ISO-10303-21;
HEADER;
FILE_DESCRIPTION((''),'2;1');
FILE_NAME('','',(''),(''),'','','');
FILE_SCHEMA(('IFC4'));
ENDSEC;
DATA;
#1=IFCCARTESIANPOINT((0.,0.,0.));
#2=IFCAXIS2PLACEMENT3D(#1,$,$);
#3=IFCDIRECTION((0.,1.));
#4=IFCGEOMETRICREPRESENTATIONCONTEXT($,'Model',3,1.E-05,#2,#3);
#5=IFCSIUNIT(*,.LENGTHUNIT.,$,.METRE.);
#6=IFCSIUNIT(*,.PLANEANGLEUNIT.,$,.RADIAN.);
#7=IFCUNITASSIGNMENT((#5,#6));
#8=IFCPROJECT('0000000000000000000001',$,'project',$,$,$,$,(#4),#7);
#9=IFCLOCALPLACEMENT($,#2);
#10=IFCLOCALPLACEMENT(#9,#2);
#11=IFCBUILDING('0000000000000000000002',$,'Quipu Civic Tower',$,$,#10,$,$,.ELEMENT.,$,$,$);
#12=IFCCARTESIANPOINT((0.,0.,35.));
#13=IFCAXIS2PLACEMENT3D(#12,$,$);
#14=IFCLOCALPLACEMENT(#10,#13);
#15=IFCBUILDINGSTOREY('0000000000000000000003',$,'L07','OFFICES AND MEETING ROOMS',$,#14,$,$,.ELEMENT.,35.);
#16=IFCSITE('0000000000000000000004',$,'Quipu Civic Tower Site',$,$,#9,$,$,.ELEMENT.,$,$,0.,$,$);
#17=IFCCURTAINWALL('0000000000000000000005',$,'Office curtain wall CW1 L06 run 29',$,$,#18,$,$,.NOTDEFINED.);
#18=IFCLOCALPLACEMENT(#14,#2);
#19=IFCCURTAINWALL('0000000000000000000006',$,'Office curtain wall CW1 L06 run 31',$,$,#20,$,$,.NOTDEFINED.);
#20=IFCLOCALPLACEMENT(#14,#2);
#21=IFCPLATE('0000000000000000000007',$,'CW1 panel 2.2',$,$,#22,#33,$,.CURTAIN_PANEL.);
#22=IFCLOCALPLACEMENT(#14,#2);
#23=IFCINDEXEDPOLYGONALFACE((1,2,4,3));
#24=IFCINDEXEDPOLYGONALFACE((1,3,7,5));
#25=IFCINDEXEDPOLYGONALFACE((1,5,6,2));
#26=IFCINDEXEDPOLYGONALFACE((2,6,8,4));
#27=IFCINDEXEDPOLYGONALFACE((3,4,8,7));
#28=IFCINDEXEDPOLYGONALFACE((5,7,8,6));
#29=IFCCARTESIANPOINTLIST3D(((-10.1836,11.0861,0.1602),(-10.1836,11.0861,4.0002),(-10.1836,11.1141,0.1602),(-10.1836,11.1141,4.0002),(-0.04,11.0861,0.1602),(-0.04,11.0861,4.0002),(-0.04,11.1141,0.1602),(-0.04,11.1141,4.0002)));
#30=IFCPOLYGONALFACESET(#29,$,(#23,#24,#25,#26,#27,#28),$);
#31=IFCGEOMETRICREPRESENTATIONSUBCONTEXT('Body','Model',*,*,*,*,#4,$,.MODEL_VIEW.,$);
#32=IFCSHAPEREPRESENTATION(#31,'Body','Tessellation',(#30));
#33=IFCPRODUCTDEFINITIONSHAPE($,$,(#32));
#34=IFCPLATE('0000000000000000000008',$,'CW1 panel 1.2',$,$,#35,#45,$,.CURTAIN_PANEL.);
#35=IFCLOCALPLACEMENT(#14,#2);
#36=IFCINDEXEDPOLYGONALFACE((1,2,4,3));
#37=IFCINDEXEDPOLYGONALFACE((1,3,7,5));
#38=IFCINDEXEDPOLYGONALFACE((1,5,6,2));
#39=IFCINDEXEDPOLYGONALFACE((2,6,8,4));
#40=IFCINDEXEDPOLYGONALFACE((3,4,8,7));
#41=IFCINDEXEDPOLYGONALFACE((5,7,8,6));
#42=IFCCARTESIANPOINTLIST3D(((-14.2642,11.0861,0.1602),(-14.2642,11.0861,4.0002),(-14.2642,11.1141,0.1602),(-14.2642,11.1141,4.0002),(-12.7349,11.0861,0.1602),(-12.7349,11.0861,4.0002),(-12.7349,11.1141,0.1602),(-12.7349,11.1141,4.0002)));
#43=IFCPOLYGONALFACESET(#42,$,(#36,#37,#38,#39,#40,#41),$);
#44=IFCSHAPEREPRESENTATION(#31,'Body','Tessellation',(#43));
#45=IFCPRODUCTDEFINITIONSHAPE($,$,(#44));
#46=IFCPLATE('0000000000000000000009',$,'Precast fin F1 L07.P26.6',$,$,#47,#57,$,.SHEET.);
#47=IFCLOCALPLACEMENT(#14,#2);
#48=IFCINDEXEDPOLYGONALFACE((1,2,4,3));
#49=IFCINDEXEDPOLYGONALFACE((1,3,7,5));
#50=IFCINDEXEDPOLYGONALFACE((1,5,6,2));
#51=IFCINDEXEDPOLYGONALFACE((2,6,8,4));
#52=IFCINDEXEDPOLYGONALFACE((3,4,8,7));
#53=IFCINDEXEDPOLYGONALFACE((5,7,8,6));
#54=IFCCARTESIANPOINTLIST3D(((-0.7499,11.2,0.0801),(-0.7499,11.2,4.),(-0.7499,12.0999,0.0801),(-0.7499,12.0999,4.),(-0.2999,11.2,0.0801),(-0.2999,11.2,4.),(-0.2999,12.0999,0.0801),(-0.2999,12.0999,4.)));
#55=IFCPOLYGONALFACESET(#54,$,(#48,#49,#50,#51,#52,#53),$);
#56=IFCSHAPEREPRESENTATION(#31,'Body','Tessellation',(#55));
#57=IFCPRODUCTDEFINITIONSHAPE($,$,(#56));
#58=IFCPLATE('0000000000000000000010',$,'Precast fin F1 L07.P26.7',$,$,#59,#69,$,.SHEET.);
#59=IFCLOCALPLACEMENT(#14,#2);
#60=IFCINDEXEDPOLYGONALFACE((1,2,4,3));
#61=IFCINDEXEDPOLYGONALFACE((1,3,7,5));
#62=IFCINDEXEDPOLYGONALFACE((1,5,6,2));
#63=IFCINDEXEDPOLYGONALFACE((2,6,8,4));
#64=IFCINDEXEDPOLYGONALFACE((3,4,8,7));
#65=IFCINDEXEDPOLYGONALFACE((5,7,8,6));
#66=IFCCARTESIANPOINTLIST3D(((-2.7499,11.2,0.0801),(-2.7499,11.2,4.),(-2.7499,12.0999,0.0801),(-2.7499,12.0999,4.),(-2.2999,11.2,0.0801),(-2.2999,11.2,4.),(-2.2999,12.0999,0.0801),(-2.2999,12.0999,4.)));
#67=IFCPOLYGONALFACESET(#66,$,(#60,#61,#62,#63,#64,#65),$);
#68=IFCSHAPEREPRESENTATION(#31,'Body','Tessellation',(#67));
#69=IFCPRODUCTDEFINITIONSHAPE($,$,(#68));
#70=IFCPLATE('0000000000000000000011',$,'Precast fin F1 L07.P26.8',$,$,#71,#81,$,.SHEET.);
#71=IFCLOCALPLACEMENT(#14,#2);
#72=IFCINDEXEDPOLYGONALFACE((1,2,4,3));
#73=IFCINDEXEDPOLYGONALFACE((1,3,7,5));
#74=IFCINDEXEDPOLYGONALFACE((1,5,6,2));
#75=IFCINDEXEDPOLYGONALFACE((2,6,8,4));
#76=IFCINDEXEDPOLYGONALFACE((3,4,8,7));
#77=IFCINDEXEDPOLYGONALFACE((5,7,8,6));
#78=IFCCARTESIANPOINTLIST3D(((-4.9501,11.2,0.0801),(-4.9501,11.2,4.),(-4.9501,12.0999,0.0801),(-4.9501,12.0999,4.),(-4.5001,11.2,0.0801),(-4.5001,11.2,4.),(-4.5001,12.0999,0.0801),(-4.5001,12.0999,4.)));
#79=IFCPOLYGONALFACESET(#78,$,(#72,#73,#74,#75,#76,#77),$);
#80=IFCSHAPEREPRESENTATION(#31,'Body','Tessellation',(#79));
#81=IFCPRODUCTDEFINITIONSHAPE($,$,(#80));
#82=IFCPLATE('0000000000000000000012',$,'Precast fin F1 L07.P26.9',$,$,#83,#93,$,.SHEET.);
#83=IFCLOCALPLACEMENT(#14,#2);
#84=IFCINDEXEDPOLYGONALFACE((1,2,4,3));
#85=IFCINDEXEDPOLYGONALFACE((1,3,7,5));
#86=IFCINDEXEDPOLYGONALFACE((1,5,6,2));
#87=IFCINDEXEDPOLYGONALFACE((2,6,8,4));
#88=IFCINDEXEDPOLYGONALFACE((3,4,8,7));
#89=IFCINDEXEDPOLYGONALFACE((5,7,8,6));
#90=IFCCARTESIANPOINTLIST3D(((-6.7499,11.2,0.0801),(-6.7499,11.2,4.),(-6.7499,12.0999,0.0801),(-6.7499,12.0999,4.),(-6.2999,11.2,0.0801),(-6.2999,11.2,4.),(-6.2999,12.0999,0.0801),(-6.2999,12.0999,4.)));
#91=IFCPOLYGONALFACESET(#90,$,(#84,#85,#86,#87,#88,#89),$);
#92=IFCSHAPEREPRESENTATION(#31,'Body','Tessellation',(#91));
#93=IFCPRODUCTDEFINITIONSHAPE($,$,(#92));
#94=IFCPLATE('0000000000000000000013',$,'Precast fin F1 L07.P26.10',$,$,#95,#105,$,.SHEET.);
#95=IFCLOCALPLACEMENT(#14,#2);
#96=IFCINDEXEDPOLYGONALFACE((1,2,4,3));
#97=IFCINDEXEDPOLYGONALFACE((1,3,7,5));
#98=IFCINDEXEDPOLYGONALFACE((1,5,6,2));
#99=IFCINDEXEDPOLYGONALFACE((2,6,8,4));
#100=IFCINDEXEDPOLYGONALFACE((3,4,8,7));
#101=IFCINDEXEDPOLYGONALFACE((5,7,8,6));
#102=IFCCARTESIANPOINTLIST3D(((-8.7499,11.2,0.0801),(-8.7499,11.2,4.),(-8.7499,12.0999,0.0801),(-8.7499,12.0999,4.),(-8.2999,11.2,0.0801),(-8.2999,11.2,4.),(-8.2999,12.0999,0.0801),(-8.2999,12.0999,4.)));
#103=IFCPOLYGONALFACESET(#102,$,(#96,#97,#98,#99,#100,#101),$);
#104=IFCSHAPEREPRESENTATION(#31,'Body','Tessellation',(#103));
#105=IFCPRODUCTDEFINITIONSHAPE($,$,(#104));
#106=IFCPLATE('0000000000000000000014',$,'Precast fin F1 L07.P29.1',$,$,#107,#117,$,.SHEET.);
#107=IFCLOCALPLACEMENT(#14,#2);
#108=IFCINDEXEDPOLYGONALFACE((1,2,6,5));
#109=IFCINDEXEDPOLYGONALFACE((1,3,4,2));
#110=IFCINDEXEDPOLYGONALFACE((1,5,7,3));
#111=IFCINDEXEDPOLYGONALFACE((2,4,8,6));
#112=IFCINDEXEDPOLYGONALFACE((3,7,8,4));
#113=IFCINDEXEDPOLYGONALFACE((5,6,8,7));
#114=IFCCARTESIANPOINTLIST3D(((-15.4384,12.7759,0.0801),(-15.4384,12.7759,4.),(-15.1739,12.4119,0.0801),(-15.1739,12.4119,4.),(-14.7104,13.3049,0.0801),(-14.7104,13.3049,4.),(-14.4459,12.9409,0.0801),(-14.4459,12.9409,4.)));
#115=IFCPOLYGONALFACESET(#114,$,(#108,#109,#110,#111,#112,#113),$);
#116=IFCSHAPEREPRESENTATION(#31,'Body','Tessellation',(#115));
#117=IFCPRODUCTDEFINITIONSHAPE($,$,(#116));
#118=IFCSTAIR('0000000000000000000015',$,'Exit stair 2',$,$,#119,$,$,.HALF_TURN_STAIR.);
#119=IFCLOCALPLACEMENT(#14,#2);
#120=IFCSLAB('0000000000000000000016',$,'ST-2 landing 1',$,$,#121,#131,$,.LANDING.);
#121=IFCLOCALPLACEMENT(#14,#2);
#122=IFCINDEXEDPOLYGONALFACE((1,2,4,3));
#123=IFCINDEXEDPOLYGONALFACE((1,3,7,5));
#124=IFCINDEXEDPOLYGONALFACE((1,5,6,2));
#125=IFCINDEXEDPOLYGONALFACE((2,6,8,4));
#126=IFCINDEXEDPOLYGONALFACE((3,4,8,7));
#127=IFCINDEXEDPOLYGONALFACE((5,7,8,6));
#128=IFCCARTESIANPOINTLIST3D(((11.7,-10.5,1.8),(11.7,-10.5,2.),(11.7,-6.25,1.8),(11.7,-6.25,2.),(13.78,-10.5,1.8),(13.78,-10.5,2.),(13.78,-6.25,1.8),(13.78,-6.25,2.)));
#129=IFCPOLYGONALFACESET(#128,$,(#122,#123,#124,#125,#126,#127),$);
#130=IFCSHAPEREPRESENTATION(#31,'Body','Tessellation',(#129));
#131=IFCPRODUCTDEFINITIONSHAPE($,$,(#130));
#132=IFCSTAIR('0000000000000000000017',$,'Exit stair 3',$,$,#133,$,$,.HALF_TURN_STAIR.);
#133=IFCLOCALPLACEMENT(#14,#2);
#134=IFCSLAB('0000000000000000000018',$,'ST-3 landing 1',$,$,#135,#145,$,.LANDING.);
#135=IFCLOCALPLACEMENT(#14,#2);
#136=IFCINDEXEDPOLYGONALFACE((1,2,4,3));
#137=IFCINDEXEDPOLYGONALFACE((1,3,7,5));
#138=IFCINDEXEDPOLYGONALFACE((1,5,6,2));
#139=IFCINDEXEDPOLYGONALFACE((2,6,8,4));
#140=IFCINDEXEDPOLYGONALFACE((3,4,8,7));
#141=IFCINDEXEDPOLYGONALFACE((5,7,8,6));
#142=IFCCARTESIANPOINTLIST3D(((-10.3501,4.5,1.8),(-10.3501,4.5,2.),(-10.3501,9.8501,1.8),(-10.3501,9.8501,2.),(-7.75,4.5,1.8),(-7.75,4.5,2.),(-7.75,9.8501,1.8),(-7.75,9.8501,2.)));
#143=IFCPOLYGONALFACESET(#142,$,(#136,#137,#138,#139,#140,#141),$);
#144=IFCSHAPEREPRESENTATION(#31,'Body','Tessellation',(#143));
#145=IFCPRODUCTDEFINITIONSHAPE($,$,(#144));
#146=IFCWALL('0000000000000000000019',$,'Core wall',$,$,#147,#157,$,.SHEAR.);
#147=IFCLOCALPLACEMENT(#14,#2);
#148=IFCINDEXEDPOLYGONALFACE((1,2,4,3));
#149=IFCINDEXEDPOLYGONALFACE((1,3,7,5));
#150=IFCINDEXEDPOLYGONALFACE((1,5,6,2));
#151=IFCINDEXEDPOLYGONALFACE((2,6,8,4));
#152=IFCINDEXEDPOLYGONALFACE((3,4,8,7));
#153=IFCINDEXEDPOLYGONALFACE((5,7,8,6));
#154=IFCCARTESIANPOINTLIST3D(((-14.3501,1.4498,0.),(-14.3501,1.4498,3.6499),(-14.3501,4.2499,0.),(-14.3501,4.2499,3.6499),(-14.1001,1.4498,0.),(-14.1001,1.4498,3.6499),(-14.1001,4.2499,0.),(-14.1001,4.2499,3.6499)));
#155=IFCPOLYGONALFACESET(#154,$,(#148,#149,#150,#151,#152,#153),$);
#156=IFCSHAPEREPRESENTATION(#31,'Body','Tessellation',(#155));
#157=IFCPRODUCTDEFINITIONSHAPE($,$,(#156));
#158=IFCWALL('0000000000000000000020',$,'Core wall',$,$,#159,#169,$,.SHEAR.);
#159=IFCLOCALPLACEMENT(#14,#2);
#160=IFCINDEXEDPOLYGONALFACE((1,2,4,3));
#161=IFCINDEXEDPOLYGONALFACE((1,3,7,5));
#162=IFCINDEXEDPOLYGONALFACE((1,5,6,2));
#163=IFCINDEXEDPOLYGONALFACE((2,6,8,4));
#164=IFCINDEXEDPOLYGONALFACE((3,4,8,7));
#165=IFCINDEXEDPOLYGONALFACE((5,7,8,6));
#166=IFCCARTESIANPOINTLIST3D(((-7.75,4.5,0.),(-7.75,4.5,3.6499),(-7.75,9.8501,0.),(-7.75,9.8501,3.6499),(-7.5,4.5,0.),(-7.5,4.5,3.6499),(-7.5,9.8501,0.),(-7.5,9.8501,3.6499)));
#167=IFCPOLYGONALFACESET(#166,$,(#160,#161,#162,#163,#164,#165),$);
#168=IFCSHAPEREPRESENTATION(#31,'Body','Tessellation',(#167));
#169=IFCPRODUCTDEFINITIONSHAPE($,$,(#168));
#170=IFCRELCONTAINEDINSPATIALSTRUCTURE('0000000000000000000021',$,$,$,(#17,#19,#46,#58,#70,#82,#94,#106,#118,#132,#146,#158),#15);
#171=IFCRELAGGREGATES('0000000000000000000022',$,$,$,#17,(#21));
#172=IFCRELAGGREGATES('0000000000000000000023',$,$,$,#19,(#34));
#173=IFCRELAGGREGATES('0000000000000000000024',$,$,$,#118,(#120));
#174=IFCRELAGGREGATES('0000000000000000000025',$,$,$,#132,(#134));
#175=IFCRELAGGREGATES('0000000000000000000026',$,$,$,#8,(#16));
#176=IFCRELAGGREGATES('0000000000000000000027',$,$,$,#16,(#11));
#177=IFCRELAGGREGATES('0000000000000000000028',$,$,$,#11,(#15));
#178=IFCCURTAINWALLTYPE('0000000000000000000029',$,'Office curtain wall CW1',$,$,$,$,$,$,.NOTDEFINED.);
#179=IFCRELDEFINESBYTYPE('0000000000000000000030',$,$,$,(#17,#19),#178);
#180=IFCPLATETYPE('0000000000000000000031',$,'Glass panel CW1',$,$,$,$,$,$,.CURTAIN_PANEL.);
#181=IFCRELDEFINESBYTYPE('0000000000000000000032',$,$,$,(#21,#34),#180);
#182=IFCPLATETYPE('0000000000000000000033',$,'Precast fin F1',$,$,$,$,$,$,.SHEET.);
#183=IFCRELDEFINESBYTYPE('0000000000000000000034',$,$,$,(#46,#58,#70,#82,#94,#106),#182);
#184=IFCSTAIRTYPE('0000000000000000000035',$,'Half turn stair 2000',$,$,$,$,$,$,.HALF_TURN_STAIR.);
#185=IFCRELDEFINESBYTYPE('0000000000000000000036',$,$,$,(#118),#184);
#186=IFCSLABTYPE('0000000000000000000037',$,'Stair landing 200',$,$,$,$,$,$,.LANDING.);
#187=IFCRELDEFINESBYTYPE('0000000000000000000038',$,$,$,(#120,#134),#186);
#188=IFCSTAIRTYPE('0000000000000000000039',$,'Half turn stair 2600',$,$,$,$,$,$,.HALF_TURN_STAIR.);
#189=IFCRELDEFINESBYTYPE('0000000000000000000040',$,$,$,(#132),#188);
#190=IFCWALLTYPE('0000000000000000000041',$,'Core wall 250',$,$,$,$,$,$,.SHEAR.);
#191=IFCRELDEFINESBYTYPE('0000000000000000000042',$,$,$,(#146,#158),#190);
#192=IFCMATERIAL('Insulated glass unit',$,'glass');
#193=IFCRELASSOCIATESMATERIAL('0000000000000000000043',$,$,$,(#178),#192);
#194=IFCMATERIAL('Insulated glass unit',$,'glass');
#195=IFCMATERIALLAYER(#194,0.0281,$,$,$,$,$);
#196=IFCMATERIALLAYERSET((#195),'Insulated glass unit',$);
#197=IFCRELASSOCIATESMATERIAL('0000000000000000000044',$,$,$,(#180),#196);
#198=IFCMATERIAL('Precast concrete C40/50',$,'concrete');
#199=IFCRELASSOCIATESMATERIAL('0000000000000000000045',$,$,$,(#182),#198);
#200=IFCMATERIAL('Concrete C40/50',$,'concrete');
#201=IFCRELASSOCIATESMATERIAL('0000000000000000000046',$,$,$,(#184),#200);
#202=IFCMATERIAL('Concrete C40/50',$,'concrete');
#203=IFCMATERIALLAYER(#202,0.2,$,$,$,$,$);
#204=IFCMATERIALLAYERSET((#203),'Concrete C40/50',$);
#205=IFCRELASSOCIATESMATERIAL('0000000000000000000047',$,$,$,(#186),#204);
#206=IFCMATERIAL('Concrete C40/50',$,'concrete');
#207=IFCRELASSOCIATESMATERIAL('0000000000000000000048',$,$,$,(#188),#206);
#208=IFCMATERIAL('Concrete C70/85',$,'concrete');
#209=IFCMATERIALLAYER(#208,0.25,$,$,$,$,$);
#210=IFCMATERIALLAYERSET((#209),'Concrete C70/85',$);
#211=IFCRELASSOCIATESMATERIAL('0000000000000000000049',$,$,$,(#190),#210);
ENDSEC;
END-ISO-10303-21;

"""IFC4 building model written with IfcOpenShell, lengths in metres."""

from ifc_helpers import new_model, si_unit, direction, frame, frame_2d, origin, origin_2d, place, context, subcontext, project, spatial, polyline, rectangle, outline, extrude, material, layer, layer_set, type_object, element, aggregate, save


model = new_model("IFC4")

# Units and contexts
model_context = context("Model", 3, precision=1e-05, world=origin(), true_north=direction((0.0, 1.0)))
body_context = subcontext(model_context, "Body", "Model", "MODEL_VIEW")
ifc_project = project(units=[si_unit("LENGTHUNIT", "METRE"), si_unit("PLANEANGLEUNIT", "RADIAN")], contexts=[model_context])

# Site, building, storey
site_placement = place(None, origin())
site = spatial("IfcSite", under=ifc_project, at=site_placement, Name="Quipu Civic Tower Site", CompositionType="ELEMENT", RefElevation=0.0)
building_placement = place(site_placement, origin())
building = spatial("IfcBuilding", under=site, at=building_placement, Name="Quipu Civic Tower", CompositionType="ELEMENT")
storey_placement = place(building_placement, frame((0.0, 0.0, 35.0)))
storey = spatial("IfcBuildingStorey", under=building, at=storey_placement, Name="L07", Description="OFFICES AND MEETING ROOMS", CompositionType="ELEMENT", Elevation=35.0)

# Curtain walls
ifc_material_1 = material(Name="Insulated glass unit", Category="glass")
curtain_wall_type = type_object("IfcCurtainWallType", Name="Office curtain wall CW1", PredefinedType="NOTDEFINED", material=ifc_material_1)
curtain_wall_1_placement = place(storey_placement, origin())
curtain_wall_1 = element("IfcCurtainWall", 1, at=curtain_wall_1_placement, inside=storey, type_object=curtain_wall_type, Name="Office curtain wall CW1 L06 run 29", PredefinedType="NOTDEFINED")
curtain_wall_2_placement = place(storey_placement, origin())
curtain_wall_2 = element("IfcCurtainWall", 2, at=curtain_wall_2_placement, inside=storey, type_object=curtain_wall_type, Name="Office curtain wall CW1 L06 run 31", PredefinedType="NOTDEFINED")

# Plates
ifc_material_2 = material(Name="Insulated glass unit", Category="glass")
ifc_layer_1 = layer(ifc_material_2, 0.0281)
ifc_layer_set_1 = layer_set([ifc_layer_1], Name="Insulated glass unit")
plate_type_1 = type_object("IfcPlateType", Name="Glass panel CW1", PredefinedType="CURTAIN_PANEL", material=ifc_layer_set_1)
plate_1_placement = place(storey_placement, frame((-5.1118, 11.1001, 0.1602), z_axis=(0.0, 0.0, 1.0), x_axis=(-1.0, 0.0, 0.0)))
plate_1 = element("IfcPlate", 3, at=plate_1_placement, type_object=plate_type_1, Name="CW1 panel 2.2", PredefinedType="CURTAIN_PANEL", context=body_context, shape_type="SweptSolid", body=[
    extrude(rectangle(XDim=10.1436, YDim=0.0281, at=origin_2d()), origin(), (0.0, 0.0, 1.0), 3.8401),
])
aggregate(curtain_wall_1, [plate_1])
plate_2_placement = place(storey_placement, frame((-13.4995, 11.1001, 0.1602), z_axis=(0.0, 0.0, 1.0), x_axis=(-1.0, 0.0, 0.0)))
plate_2 = element("IfcPlate", 4, at=plate_2_placement, type_object=plate_type_1, Name="CW1 panel 1.2", PredefinedType="CURTAIN_PANEL", context=body_context, shape_type="SweptSolid", body=[
    extrude(rectangle(XDim=1.5293, YDim=0.0281, at=origin_2d()), origin(), (0.0, 0.0, 1.0), 3.8401),
])
aggregate(curtain_wall_2, [plate_2])

# Plates
ifc_material_3 = material(Name="Precast concrete C40/50", Category="concrete")
plate_type_2 = type_object("IfcPlateType", Name="Precast fin F1", PredefinedType="SHEET", material=ifc_material_3)
for number, where, z_axis, x_axis, name in (
    (5, (-0.5249, 11.6499, 0.0801), (0.0, 0.0, 1.0), (-1.0, 0.0, 0.0), "Precast fin F1 L07.P26.6"),
    (6, (-2.5249, 11.6499, 0.0801), (0.0, 0.0, 1.0), (-1.0, 0.0, 0.0), "Precast fin F1 L07.P26.7"),
    (7, (-4.7251, 11.6499, 0.0801), (0.0, 0.0, 1.0), (-1.0, 0.0, 0.0), "Precast fin F1 L07.P26.8"),
    (8, (-6.5249, 11.6499, 0.0801), (0.0, 0.0, 1.0), (-1.0, 0.0, 0.0), "Precast fin F1 L07.P26.9"),
    (9, (-8.5249, 11.6499, 0.0801), (0.0, 0.0, 1.0), (-1.0, 0.0, 0.0), "Precast fin F1 L07.P26.10"),
    (10, (-14.9421, 12.8584, 0.0801), (0.0, 0.0, 1.0), (-0.587785, 0.809017, 0.0), "Precast fin F1 L07.P29.1"),
):
    element("IfcPlate", number, at=place(storey_placement, frame(where, z_axis=z_axis, x_axis=x_axis)), inside=storey, type_object=plate_type_2, Name=name, PredefinedType="SHEET", context=body_context, shape_type="SweptSolid", body=[
        extrude(rectangle(XDim=0.45, YDim=0.8999, at=origin_2d()), origin(), (0.0, 0.0, 1.0), 3.9199),
    ])

# Stairs, slabs
ifc_material_4 = material(Name="Concrete C40/50", Category="concrete")
stair_type_1 = type_object("IfcStairType", Name="Half turn stair 2000", PredefinedType="HALF_TURN_STAIR", material=ifc_material_4)
stair_1_placement = place(storey_placement, origin())
stair_1 = element("IfcStair", 11, at=stair_1_placement, inside=storey, type_object=stair_type_1, Name="Exit stair 2", PredefinedType="HALF_TURN_STAIR")
ifc_material_5 = material(Name="Concrete C40/50", Category="concrete")
ifc_layer_2 = layer(ifc_material_5, 0.2)
ifc_layer_set_2 = layer_set([ifc_layer_2], Name="Concrete C40/50")
slab_type = type_object("IfcSlabType", Name="Stair landing 200", PredefinedType="LANDING", material=ifc_layer_set_2)
slab_1_placement = place(storey_placement, frame((0.0, 0.0, 1.8)))
slab_1 = element("IfcSlab", 12, at=slab_1_placement, type_object=slab_type, Name="ST-2 landing 1", PredefinedType="LANDING", context=body_context, shape_type="SweptSolid", body=[
    extrude(outline(polyline([(13.78, -6.25), (11.7, -6.25), (11.7, -10.5), (13.78, -10.5), (13.78, -6.25)])), origin(), (0.0, 0.0, 1.0), 0.2),
])
aggregate(stair_1, [slab_1])
ifc_material_6 = material(Name="Concrete C40/50", Category="concrete")
stair_type_2 = type_object("IfcStairType", Name="Half turn stair 2600", PredefinedType="HALF_TURN_STAIR", material=ifc_material_6)
stair_2_placement = place(storey_placement, origin())
stair_2 = element("IfcStair", 13, at=stair_2_placement, inside=storey, type_object=stair_type_2, Name="Exit stair 3", PredefinedType="HALF_TURN_STAIR")
slab_2_placement = place(storey_placement, frame((0.0, 0.0, 1.8)))
slab_2 = element("IfcSlab", 14, at=slab_2_placement, type_object=slab_type, Name="ST-3 landing 1", PredefinedType="LANDING", context=body_context, shape_type="SweptSolid", body=[
    extrude(outline(polyline([(-10.3501, 4.5), (-7.75, 4.5), (-7.75, 9.8501), (-10.3501, 9.8501), (-10.3501, 4.5)])), origin(), (0.0, 0.0, 1.0), 0.2),
])

# Walls
ifc_material_7 = material(Name="Concrete C70/85", Category="concrete")
ifc_layer_3 = layer(ifc_material_7, 0.25)
ifc_layer_set_3 = layer_set([ifc_layer_3], Name="Concrete C70/85")
wall_type_1 = type_object("IfcWallType", Name="Core wall 250", PredefinedType="SHEAR", material=ifc_layer_set_3)
wall_1_placement = place(storey_placement, frame((-14.2251, 1.45, 0.0), z_axis=(0.0, 0.0, 1.0), x_axis=(0.0, 1.0, 0.0)))
element("IfcWall", 15, at=wall_1_placement, inside=storey, type_object=wall_type_1, Name="Core wall", PredefinedType="SHEAR", context=body_context, shape_type="SweptSolid", body=[
    extrude(rectangle(XDim=2.8, YDim=0.25, at=frame_2d((1.3999, 0.0))), origin(), (0.0, 0.0, 1.0), 3.6499),
])
wall_2_placement = place(storey_placement, frame((-7.625, 4.5, 0.0), z_axis=(0.0, 0.0, 1.0), x_axis=(0.0, 1.0, 0.0)))
element("IfcWall", 16, at=wall_2_placement, inside=storey, type_object=wall_type_1, Name="Core wall", PredefinedType="SHEAR", context=body_context, shape_type="SweptSolid", body=[
    extrude(rectangle(XDim=5.3501, YDim=0.25, at=frame_2d((2.675, 0.0))), origin(), (0.0, 0.0, 1.0), 3.6499),
])

aggregate(stair_2, [slab_2])

save(model, "model.ifc")
